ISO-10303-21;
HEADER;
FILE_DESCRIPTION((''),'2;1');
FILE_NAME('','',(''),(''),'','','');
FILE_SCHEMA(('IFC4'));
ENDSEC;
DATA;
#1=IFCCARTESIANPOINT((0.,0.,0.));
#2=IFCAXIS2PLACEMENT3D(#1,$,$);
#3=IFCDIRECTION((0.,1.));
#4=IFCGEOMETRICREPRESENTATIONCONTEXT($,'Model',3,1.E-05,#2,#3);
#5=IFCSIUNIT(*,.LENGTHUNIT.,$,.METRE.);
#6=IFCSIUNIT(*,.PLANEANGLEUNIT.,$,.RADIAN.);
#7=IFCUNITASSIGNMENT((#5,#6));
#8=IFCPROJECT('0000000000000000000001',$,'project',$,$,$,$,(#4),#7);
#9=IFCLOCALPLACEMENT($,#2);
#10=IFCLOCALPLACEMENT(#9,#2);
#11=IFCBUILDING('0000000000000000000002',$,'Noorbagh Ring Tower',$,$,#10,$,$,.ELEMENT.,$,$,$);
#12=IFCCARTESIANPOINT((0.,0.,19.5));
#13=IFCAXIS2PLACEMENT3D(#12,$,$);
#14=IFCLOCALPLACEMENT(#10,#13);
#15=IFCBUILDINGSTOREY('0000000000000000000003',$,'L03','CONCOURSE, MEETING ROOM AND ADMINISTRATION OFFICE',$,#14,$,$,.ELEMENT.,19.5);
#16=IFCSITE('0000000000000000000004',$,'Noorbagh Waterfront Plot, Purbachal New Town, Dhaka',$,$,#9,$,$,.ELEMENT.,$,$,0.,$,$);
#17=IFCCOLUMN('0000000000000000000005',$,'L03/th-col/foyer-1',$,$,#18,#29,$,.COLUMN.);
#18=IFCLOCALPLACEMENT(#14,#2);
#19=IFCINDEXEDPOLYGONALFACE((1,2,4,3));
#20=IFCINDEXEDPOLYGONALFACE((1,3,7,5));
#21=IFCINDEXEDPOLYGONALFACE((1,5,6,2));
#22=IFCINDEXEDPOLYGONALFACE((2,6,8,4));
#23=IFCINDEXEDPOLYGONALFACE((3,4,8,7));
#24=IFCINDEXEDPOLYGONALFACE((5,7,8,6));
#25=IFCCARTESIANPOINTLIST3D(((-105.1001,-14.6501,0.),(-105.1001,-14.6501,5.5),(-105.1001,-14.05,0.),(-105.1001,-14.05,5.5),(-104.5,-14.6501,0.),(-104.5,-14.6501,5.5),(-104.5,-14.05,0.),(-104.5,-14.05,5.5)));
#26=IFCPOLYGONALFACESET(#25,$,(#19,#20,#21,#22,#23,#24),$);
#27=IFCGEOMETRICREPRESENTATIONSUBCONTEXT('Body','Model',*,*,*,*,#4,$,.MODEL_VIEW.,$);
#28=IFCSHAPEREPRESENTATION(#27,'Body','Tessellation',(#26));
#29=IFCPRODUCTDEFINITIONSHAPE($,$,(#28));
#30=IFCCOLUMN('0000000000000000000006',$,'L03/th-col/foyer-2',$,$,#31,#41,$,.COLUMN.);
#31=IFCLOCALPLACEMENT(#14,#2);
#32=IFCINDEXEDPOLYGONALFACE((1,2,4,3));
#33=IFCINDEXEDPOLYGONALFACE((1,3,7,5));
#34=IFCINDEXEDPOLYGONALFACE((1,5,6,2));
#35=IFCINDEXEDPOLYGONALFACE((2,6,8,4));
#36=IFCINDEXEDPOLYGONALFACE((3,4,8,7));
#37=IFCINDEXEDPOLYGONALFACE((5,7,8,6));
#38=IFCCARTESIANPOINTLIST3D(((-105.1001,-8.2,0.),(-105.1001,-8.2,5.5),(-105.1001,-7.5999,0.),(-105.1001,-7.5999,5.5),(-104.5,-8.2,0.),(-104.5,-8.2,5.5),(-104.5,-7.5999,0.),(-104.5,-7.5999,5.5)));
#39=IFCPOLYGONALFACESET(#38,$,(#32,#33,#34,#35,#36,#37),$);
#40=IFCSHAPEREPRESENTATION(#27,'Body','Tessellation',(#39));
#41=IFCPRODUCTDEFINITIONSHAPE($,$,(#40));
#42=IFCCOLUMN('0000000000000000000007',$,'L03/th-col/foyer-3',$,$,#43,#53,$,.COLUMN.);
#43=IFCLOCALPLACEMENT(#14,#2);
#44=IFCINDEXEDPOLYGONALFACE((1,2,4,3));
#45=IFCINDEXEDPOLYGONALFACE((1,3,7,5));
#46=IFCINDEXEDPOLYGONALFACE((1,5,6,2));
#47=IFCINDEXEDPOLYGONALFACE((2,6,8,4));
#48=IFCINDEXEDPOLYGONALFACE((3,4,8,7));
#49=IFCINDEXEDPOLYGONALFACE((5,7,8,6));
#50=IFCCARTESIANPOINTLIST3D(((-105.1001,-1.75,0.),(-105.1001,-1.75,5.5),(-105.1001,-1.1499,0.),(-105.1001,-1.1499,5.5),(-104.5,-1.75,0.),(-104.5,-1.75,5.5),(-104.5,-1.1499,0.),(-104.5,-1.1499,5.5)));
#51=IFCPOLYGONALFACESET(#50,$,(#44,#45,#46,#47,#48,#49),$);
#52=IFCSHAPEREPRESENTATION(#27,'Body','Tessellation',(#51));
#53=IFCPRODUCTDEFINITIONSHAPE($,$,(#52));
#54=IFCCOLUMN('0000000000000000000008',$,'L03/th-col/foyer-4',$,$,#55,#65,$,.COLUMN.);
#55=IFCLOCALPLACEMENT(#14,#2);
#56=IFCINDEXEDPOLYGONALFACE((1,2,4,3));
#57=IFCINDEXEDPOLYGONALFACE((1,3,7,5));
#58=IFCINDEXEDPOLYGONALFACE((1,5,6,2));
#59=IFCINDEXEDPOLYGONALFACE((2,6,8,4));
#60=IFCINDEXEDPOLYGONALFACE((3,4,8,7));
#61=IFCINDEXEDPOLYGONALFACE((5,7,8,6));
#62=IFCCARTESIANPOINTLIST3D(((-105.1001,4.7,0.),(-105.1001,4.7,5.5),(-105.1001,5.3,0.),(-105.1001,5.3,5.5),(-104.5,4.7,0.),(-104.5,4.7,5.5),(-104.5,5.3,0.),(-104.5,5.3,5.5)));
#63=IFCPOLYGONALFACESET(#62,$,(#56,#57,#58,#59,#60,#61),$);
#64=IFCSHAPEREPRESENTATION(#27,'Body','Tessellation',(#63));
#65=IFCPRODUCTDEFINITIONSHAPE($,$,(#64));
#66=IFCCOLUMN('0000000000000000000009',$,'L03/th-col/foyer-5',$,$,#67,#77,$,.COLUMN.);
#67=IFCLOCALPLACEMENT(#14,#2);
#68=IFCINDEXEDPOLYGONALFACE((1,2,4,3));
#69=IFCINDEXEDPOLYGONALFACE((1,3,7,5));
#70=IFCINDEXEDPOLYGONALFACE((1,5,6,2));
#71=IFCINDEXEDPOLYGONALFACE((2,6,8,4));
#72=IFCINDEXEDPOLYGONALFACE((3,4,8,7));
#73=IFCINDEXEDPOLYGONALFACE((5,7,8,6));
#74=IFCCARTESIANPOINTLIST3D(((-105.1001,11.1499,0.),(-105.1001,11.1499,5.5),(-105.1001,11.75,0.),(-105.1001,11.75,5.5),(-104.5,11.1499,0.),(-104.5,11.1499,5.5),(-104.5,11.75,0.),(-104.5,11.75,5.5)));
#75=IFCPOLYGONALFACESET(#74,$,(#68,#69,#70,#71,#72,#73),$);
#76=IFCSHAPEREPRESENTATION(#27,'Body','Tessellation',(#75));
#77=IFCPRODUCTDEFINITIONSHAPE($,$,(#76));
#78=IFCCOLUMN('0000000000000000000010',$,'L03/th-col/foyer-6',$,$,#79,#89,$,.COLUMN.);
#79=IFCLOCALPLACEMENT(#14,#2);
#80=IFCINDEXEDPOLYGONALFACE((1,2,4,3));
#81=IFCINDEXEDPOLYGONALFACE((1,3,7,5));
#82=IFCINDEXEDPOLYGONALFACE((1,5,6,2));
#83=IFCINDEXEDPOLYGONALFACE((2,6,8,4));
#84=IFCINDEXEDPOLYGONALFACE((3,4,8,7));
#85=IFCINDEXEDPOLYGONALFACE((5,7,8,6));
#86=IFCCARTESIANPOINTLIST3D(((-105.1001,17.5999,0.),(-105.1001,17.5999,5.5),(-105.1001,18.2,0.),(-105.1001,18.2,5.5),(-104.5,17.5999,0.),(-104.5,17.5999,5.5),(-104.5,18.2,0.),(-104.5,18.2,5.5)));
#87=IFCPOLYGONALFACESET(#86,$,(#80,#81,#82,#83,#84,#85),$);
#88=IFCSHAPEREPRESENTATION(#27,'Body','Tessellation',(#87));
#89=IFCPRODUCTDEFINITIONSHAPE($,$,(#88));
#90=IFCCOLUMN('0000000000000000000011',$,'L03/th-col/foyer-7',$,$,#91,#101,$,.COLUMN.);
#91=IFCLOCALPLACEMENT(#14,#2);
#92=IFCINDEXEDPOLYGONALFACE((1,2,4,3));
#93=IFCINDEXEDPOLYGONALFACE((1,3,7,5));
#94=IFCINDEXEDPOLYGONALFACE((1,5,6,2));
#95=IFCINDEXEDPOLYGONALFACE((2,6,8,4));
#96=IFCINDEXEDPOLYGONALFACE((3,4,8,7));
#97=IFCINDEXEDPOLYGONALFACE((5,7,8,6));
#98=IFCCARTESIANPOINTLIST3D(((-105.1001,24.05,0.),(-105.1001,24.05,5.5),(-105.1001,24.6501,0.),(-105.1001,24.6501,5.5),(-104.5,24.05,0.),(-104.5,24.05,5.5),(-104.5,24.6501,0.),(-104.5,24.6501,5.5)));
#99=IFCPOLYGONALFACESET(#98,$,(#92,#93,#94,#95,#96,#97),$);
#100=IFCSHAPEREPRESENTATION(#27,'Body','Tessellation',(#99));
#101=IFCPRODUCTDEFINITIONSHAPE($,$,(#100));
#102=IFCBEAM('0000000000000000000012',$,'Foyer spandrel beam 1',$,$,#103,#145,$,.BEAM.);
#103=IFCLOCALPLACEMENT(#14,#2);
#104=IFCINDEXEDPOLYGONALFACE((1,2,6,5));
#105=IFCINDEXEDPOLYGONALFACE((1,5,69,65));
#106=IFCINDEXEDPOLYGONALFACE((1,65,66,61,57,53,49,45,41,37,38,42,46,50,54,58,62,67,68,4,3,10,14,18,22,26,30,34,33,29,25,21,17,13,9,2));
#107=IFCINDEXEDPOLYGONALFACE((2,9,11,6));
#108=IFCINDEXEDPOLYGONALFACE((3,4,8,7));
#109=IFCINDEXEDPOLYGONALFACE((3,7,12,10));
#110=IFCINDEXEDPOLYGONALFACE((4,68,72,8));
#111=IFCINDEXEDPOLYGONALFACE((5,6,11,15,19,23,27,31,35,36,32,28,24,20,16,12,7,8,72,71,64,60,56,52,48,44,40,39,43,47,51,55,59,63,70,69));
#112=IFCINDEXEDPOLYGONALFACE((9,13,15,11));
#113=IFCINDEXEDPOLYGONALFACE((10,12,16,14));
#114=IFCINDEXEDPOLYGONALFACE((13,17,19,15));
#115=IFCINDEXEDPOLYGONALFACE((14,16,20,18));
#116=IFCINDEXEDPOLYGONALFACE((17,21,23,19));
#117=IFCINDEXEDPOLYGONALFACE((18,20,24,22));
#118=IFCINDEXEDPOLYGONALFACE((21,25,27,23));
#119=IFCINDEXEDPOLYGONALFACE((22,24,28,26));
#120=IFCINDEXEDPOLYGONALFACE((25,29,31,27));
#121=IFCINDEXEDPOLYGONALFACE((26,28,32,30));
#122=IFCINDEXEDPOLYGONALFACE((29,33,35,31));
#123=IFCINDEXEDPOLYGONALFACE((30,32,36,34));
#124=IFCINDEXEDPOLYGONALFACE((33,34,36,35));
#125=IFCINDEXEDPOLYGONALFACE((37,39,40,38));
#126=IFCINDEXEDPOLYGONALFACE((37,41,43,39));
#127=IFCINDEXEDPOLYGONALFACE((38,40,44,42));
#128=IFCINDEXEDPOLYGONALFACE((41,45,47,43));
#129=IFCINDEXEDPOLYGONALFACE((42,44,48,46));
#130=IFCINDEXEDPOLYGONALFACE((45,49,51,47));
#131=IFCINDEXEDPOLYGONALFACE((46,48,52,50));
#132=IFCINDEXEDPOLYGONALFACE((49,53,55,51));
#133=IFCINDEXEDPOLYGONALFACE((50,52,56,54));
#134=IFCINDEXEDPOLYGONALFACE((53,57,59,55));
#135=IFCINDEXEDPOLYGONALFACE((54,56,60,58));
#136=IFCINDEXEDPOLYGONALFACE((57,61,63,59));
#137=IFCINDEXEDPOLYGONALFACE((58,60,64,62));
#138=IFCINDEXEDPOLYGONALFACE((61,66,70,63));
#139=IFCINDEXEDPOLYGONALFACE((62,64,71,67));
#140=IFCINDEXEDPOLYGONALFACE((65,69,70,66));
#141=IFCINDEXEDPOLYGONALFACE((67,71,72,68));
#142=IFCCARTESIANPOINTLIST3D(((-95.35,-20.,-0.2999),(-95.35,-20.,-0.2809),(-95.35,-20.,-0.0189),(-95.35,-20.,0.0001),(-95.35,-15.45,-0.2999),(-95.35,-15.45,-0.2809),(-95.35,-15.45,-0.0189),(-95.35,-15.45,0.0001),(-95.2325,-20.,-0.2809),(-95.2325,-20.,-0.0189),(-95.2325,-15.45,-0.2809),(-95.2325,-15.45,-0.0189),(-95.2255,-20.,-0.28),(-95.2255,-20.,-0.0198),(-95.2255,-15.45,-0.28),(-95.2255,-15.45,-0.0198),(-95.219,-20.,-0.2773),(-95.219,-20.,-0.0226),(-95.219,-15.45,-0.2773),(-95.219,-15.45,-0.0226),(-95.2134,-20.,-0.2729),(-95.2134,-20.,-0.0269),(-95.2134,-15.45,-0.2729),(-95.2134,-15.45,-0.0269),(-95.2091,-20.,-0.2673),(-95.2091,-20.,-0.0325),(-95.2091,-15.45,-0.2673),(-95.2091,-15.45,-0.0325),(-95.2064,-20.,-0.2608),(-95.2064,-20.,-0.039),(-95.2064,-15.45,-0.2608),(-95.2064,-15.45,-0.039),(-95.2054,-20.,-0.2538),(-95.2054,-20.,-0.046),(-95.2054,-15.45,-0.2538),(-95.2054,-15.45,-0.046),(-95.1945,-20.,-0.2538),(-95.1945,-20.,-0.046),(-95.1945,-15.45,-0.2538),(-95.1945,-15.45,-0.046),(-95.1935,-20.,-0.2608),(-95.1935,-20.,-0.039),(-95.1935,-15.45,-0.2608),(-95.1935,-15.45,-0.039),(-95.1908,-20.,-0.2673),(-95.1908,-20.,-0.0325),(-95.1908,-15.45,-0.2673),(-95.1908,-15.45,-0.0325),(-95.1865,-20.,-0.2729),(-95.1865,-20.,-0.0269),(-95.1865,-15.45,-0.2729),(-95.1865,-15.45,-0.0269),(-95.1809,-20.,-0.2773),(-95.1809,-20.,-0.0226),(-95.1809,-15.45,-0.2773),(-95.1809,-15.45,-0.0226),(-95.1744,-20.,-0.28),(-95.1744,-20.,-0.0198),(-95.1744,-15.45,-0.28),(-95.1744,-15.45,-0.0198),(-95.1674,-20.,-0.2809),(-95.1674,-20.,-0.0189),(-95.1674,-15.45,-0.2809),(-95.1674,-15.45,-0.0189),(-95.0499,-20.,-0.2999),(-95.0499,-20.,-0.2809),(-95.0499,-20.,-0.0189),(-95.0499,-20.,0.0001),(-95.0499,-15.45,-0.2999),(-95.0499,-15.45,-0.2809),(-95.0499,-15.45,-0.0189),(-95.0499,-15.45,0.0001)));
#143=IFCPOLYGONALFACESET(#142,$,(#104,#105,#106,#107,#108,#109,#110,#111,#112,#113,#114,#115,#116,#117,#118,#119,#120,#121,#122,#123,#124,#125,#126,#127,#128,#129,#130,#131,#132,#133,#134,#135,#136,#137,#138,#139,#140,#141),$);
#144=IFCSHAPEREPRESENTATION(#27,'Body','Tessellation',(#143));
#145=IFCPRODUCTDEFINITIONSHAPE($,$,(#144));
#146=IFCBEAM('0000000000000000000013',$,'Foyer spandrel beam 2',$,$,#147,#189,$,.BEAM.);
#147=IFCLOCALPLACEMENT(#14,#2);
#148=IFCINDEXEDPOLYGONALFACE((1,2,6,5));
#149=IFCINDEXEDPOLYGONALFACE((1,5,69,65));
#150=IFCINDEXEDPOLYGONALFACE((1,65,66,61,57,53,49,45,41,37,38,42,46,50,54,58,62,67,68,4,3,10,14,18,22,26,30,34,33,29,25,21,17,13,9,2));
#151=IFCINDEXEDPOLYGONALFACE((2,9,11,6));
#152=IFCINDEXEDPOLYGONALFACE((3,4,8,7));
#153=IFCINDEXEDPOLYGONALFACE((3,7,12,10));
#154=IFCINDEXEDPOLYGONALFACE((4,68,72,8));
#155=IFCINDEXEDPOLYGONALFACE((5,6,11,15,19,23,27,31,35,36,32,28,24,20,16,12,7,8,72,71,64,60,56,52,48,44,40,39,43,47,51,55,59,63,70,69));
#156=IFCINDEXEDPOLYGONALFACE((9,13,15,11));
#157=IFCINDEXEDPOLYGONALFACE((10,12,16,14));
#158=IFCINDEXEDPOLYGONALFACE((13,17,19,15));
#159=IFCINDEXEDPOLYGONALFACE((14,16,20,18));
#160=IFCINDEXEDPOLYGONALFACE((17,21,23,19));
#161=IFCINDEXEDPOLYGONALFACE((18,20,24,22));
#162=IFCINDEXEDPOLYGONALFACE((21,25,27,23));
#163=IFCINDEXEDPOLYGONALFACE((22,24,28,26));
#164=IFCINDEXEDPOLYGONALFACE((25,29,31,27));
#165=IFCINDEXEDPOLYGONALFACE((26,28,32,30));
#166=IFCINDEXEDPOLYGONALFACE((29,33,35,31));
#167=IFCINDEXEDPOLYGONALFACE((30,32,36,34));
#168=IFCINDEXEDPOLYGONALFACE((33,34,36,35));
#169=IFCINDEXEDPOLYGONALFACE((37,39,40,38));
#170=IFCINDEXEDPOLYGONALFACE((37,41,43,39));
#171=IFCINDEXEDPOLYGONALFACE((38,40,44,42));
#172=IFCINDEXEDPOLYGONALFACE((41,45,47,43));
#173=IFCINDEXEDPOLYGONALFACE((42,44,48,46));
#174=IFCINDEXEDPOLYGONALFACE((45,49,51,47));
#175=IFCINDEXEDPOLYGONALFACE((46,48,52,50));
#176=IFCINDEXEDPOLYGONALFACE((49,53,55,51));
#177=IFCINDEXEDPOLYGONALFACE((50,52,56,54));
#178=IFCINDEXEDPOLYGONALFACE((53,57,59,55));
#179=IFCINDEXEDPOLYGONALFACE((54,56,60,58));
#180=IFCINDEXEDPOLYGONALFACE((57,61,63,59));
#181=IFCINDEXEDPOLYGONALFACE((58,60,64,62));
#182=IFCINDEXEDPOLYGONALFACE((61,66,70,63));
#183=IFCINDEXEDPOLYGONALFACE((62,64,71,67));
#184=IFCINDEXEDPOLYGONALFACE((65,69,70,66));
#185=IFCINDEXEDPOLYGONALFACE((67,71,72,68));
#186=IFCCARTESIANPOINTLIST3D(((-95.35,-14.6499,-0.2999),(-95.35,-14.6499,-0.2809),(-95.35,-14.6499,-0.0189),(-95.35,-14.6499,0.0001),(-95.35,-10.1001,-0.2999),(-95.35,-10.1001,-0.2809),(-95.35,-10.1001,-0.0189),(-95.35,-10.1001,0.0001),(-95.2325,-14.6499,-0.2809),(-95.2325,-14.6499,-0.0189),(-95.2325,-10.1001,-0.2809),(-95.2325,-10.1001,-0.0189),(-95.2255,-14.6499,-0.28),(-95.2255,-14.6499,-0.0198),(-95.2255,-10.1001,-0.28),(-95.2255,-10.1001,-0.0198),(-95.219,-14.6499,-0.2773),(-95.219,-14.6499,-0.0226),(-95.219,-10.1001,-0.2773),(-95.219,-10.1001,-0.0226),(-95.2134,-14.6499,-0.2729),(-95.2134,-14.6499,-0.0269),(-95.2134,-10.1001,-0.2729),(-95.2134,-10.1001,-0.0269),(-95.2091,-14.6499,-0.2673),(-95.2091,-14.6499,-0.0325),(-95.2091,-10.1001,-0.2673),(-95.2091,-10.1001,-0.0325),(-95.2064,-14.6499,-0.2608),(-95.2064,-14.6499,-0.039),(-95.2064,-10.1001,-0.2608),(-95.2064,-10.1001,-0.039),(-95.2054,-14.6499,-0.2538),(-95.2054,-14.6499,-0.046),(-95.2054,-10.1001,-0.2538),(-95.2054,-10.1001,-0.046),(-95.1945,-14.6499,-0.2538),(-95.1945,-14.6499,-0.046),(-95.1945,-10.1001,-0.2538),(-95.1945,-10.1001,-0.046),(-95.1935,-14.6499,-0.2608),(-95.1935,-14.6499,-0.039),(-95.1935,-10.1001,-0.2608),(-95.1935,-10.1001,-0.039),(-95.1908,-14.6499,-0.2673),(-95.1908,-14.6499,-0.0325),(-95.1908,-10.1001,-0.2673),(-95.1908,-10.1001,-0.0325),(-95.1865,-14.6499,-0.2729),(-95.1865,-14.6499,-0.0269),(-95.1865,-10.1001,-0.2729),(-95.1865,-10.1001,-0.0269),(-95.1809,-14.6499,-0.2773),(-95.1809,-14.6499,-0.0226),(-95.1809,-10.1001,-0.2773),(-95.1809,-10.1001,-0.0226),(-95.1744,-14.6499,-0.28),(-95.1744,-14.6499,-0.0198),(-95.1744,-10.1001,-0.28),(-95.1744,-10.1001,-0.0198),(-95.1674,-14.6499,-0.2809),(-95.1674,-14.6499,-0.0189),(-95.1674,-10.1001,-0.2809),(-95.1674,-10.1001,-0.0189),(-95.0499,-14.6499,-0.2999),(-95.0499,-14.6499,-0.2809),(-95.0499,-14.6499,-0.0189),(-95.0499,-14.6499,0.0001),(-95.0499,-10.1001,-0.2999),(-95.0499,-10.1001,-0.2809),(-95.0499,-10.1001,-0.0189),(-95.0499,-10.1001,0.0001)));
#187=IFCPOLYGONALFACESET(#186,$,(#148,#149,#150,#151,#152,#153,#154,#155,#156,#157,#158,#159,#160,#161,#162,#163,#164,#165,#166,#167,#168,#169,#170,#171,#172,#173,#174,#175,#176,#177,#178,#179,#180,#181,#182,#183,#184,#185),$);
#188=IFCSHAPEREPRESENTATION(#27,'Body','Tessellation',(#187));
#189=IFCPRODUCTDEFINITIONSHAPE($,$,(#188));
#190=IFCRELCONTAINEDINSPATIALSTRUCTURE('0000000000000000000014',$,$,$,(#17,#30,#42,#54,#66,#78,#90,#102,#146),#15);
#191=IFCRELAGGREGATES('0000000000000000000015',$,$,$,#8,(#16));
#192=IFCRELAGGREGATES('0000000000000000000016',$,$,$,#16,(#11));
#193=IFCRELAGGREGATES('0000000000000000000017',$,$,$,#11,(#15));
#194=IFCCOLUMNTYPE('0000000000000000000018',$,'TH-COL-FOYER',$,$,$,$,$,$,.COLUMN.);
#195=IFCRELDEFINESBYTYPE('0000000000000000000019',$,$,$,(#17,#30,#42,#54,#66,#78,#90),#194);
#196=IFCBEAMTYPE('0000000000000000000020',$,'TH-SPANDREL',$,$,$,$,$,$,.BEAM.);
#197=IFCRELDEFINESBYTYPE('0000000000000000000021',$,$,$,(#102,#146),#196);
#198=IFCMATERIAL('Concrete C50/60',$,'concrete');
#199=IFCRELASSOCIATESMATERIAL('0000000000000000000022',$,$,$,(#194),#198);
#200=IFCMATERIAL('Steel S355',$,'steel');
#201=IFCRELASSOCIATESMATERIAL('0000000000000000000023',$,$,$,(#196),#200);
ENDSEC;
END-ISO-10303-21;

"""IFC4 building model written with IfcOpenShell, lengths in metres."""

from ifc_helpers import new_model, si_unit, direction, frame, origin, origin_2d, place, context, subcontext, project, spatial, rectangle, i_section, extrude, material, material_profile, profile_set, type_object, element, save


model = new_model("IFC4")

# Units and contexts
model_context = context("Model", 3, precision=1e-05, world=origin(), true_north=direction((0.0, 1.0)))
body_context = subcontext(model_context, "Body", "Model", "MODEL_VIEW")
ifc_project = project(units=[si_unit("LENGTHUNIT", "METRE"), si_unit("PLANEANGLEUNIT", "RADIAN")], contexts=[model_context])

# Site, building, storey
site_placement = place(None, origin())
site = spatial("IfcSite", under=ifc_project, at=site_placement, Name="Noorbagh Waterfront Plot, Purbachal New Town, Dhaka", CompositionType="ELEMENT", RefElevation=0.0)
building_placement = place(site_placement, origin())
building = spatial("IfcBuilding", under=site, at=building_placement, Name="Noorbagh Ring Tower", CompositionType="ELEMENT")
storey_placement = place(building_placement, frame((0.0, 0.0, 19.5)))
storey = spatial("IfcBuildingStorey", under=building, at=storey_placement, Name="L03", Description="CONCOURSE, MEETING ROOM AND ADMINISTRATION OFFICE", CompositionType="ELEMENT", Elevation=19.5)

# Columns
ifc_material_1 = material(Name="Concrete C50/60", Category="concrete")
ifc_material_profile_1 = material_profile(ifc_material_1, rectangle(XDim=0.6001, YDim=0.6001, at=origin_2d()), Name="RC600x600")
ifc_profile_set_1 = profile_set([ifc_material_profile_1], Name="Concrete C50/60")
column_type = type_object("IfcColumnType", Name="TH-COL-FOYER", PredefinedType="COLUMN", material=ifc_profile_set_1)
for number, where, z_axis, x_axis, name in (
    (1, (-104.8, -14.3501, 0.0), (0.0, 0.0, 1.0), (1.0, 0.0, 0.0), "L03/th-col/foyer-1"),
    (2, (-104.8, -7.8999, 0.0), (0.0, 0.0, 1.0), (1.0, 0.0, 0.0), "L03/th-col/foyer-2"),
    (3, (-104.8, -1.45, 0.0), (0.0, 0.0, 1.0), (1.0, 0.0, 0.0), "L03/th-col/foyer-3"),
    (4, (-104.8, 5.0, 0.0), (0.0, 0.0, 1.0), (1.0, 0.0, 0.0), "L03/th-col/foyer-4"),
    (5, (-104.8, 11.45, 0.0), (0.0, 0.0, 1.0), (1.0, 0.0, 0.0), "L03/th-col/foyer-5"),
    (6, (-104.8, 17.8999, 0.0), (0.0, 0.0, 1.0), (1.0, 0.0, 0.0), "L03/th-col/foyer-6"),
    (7, (-104.8, 24.3501, 0.0), (0.0, 0.0, 1.0), (1.0, 0.0, 0.0), "L03/th-col/foyer-7"),
):
    element("IfcColumn", number, at=place(storey_placement, frame(where, z_axis=z_axis, x_axis=x_axis)), inside=storey, type_object=column_type, Name=name, PredefinedType="COLUMN", context=body_context, shape_type="SweptSolid", body=[
        extrude(rectangle(XDim=0.6001, YDim=0.6001, at=origin_2d()), origin(), (0.0, 0.0, 1.0), 5.5),
    ])

# Beams
ifc_material_2 = material(Name="Steel S355", Category="steel")
ifc_material_profile_2 = material_profile(ifc_material_2, i_section(OverallWidth=0.3, OverallDepth=0.3, WebThickness=0.011, FlangeThickness=0.019, FilletRadius=0.0271, at=origin_2d()), Name="HEB300")
ifc_profile_set_2 = profile_set([ifc_material_profile_2], Name="Steel S355")
beam_type = type_object("IfcBeamType", Name="TH-SPANDREL", PredefinedType="BEAM", material=ifc_profile_set_2)
beam_1_placement = place(storey_placement, frame((-95.2, -20.0, -0.1499), z_axis=(0.0, 1.0, 0.0), x_axis=(-1.0, 0.0, 0.0)))
element("IfcBeam", 8, at=beam_1_placement, inside=storey, type_object=beam_type, Name="Foyer spandrel beam 1", PredefinedType="BEAM", context=body_context, shape_type="SweptSolid", body=[
    extrude(i_section(OverallWidth=0.3, OverallDepth=0.3, WebThickness=0.011, FlangeThickness=0.019, FilletRadius=0.0271, at=origin_2d()), origin(), (0.0, 0.0, 1.0), 4.55),
])
beam_2_placement = place(storey_placement, frame((-95.2, -14.6499, -0.1499), z_axis=(0.0, 1.0, 0.0), x_axis=(-1.0, 0.0, 0.0)))
element("IfcBeam", 9, at=beam_2_placement, inside=storey, type_object=beam_type, Name="Foyer spandrel beam 2", PredefinedType="BEAM", context=body_context, shape_type="SweptSolid", body=[
    extrude(i_section(OverallWidth=0.3, OverallDepth=0.3, WebThickness=0.011, FlangeThickness=0.019, FilletRadius=0.0271, at=origin_2d()), origin(), (0.0, 0.0, 1.0), 4.5498),
])

save(model, "model.ifc")
